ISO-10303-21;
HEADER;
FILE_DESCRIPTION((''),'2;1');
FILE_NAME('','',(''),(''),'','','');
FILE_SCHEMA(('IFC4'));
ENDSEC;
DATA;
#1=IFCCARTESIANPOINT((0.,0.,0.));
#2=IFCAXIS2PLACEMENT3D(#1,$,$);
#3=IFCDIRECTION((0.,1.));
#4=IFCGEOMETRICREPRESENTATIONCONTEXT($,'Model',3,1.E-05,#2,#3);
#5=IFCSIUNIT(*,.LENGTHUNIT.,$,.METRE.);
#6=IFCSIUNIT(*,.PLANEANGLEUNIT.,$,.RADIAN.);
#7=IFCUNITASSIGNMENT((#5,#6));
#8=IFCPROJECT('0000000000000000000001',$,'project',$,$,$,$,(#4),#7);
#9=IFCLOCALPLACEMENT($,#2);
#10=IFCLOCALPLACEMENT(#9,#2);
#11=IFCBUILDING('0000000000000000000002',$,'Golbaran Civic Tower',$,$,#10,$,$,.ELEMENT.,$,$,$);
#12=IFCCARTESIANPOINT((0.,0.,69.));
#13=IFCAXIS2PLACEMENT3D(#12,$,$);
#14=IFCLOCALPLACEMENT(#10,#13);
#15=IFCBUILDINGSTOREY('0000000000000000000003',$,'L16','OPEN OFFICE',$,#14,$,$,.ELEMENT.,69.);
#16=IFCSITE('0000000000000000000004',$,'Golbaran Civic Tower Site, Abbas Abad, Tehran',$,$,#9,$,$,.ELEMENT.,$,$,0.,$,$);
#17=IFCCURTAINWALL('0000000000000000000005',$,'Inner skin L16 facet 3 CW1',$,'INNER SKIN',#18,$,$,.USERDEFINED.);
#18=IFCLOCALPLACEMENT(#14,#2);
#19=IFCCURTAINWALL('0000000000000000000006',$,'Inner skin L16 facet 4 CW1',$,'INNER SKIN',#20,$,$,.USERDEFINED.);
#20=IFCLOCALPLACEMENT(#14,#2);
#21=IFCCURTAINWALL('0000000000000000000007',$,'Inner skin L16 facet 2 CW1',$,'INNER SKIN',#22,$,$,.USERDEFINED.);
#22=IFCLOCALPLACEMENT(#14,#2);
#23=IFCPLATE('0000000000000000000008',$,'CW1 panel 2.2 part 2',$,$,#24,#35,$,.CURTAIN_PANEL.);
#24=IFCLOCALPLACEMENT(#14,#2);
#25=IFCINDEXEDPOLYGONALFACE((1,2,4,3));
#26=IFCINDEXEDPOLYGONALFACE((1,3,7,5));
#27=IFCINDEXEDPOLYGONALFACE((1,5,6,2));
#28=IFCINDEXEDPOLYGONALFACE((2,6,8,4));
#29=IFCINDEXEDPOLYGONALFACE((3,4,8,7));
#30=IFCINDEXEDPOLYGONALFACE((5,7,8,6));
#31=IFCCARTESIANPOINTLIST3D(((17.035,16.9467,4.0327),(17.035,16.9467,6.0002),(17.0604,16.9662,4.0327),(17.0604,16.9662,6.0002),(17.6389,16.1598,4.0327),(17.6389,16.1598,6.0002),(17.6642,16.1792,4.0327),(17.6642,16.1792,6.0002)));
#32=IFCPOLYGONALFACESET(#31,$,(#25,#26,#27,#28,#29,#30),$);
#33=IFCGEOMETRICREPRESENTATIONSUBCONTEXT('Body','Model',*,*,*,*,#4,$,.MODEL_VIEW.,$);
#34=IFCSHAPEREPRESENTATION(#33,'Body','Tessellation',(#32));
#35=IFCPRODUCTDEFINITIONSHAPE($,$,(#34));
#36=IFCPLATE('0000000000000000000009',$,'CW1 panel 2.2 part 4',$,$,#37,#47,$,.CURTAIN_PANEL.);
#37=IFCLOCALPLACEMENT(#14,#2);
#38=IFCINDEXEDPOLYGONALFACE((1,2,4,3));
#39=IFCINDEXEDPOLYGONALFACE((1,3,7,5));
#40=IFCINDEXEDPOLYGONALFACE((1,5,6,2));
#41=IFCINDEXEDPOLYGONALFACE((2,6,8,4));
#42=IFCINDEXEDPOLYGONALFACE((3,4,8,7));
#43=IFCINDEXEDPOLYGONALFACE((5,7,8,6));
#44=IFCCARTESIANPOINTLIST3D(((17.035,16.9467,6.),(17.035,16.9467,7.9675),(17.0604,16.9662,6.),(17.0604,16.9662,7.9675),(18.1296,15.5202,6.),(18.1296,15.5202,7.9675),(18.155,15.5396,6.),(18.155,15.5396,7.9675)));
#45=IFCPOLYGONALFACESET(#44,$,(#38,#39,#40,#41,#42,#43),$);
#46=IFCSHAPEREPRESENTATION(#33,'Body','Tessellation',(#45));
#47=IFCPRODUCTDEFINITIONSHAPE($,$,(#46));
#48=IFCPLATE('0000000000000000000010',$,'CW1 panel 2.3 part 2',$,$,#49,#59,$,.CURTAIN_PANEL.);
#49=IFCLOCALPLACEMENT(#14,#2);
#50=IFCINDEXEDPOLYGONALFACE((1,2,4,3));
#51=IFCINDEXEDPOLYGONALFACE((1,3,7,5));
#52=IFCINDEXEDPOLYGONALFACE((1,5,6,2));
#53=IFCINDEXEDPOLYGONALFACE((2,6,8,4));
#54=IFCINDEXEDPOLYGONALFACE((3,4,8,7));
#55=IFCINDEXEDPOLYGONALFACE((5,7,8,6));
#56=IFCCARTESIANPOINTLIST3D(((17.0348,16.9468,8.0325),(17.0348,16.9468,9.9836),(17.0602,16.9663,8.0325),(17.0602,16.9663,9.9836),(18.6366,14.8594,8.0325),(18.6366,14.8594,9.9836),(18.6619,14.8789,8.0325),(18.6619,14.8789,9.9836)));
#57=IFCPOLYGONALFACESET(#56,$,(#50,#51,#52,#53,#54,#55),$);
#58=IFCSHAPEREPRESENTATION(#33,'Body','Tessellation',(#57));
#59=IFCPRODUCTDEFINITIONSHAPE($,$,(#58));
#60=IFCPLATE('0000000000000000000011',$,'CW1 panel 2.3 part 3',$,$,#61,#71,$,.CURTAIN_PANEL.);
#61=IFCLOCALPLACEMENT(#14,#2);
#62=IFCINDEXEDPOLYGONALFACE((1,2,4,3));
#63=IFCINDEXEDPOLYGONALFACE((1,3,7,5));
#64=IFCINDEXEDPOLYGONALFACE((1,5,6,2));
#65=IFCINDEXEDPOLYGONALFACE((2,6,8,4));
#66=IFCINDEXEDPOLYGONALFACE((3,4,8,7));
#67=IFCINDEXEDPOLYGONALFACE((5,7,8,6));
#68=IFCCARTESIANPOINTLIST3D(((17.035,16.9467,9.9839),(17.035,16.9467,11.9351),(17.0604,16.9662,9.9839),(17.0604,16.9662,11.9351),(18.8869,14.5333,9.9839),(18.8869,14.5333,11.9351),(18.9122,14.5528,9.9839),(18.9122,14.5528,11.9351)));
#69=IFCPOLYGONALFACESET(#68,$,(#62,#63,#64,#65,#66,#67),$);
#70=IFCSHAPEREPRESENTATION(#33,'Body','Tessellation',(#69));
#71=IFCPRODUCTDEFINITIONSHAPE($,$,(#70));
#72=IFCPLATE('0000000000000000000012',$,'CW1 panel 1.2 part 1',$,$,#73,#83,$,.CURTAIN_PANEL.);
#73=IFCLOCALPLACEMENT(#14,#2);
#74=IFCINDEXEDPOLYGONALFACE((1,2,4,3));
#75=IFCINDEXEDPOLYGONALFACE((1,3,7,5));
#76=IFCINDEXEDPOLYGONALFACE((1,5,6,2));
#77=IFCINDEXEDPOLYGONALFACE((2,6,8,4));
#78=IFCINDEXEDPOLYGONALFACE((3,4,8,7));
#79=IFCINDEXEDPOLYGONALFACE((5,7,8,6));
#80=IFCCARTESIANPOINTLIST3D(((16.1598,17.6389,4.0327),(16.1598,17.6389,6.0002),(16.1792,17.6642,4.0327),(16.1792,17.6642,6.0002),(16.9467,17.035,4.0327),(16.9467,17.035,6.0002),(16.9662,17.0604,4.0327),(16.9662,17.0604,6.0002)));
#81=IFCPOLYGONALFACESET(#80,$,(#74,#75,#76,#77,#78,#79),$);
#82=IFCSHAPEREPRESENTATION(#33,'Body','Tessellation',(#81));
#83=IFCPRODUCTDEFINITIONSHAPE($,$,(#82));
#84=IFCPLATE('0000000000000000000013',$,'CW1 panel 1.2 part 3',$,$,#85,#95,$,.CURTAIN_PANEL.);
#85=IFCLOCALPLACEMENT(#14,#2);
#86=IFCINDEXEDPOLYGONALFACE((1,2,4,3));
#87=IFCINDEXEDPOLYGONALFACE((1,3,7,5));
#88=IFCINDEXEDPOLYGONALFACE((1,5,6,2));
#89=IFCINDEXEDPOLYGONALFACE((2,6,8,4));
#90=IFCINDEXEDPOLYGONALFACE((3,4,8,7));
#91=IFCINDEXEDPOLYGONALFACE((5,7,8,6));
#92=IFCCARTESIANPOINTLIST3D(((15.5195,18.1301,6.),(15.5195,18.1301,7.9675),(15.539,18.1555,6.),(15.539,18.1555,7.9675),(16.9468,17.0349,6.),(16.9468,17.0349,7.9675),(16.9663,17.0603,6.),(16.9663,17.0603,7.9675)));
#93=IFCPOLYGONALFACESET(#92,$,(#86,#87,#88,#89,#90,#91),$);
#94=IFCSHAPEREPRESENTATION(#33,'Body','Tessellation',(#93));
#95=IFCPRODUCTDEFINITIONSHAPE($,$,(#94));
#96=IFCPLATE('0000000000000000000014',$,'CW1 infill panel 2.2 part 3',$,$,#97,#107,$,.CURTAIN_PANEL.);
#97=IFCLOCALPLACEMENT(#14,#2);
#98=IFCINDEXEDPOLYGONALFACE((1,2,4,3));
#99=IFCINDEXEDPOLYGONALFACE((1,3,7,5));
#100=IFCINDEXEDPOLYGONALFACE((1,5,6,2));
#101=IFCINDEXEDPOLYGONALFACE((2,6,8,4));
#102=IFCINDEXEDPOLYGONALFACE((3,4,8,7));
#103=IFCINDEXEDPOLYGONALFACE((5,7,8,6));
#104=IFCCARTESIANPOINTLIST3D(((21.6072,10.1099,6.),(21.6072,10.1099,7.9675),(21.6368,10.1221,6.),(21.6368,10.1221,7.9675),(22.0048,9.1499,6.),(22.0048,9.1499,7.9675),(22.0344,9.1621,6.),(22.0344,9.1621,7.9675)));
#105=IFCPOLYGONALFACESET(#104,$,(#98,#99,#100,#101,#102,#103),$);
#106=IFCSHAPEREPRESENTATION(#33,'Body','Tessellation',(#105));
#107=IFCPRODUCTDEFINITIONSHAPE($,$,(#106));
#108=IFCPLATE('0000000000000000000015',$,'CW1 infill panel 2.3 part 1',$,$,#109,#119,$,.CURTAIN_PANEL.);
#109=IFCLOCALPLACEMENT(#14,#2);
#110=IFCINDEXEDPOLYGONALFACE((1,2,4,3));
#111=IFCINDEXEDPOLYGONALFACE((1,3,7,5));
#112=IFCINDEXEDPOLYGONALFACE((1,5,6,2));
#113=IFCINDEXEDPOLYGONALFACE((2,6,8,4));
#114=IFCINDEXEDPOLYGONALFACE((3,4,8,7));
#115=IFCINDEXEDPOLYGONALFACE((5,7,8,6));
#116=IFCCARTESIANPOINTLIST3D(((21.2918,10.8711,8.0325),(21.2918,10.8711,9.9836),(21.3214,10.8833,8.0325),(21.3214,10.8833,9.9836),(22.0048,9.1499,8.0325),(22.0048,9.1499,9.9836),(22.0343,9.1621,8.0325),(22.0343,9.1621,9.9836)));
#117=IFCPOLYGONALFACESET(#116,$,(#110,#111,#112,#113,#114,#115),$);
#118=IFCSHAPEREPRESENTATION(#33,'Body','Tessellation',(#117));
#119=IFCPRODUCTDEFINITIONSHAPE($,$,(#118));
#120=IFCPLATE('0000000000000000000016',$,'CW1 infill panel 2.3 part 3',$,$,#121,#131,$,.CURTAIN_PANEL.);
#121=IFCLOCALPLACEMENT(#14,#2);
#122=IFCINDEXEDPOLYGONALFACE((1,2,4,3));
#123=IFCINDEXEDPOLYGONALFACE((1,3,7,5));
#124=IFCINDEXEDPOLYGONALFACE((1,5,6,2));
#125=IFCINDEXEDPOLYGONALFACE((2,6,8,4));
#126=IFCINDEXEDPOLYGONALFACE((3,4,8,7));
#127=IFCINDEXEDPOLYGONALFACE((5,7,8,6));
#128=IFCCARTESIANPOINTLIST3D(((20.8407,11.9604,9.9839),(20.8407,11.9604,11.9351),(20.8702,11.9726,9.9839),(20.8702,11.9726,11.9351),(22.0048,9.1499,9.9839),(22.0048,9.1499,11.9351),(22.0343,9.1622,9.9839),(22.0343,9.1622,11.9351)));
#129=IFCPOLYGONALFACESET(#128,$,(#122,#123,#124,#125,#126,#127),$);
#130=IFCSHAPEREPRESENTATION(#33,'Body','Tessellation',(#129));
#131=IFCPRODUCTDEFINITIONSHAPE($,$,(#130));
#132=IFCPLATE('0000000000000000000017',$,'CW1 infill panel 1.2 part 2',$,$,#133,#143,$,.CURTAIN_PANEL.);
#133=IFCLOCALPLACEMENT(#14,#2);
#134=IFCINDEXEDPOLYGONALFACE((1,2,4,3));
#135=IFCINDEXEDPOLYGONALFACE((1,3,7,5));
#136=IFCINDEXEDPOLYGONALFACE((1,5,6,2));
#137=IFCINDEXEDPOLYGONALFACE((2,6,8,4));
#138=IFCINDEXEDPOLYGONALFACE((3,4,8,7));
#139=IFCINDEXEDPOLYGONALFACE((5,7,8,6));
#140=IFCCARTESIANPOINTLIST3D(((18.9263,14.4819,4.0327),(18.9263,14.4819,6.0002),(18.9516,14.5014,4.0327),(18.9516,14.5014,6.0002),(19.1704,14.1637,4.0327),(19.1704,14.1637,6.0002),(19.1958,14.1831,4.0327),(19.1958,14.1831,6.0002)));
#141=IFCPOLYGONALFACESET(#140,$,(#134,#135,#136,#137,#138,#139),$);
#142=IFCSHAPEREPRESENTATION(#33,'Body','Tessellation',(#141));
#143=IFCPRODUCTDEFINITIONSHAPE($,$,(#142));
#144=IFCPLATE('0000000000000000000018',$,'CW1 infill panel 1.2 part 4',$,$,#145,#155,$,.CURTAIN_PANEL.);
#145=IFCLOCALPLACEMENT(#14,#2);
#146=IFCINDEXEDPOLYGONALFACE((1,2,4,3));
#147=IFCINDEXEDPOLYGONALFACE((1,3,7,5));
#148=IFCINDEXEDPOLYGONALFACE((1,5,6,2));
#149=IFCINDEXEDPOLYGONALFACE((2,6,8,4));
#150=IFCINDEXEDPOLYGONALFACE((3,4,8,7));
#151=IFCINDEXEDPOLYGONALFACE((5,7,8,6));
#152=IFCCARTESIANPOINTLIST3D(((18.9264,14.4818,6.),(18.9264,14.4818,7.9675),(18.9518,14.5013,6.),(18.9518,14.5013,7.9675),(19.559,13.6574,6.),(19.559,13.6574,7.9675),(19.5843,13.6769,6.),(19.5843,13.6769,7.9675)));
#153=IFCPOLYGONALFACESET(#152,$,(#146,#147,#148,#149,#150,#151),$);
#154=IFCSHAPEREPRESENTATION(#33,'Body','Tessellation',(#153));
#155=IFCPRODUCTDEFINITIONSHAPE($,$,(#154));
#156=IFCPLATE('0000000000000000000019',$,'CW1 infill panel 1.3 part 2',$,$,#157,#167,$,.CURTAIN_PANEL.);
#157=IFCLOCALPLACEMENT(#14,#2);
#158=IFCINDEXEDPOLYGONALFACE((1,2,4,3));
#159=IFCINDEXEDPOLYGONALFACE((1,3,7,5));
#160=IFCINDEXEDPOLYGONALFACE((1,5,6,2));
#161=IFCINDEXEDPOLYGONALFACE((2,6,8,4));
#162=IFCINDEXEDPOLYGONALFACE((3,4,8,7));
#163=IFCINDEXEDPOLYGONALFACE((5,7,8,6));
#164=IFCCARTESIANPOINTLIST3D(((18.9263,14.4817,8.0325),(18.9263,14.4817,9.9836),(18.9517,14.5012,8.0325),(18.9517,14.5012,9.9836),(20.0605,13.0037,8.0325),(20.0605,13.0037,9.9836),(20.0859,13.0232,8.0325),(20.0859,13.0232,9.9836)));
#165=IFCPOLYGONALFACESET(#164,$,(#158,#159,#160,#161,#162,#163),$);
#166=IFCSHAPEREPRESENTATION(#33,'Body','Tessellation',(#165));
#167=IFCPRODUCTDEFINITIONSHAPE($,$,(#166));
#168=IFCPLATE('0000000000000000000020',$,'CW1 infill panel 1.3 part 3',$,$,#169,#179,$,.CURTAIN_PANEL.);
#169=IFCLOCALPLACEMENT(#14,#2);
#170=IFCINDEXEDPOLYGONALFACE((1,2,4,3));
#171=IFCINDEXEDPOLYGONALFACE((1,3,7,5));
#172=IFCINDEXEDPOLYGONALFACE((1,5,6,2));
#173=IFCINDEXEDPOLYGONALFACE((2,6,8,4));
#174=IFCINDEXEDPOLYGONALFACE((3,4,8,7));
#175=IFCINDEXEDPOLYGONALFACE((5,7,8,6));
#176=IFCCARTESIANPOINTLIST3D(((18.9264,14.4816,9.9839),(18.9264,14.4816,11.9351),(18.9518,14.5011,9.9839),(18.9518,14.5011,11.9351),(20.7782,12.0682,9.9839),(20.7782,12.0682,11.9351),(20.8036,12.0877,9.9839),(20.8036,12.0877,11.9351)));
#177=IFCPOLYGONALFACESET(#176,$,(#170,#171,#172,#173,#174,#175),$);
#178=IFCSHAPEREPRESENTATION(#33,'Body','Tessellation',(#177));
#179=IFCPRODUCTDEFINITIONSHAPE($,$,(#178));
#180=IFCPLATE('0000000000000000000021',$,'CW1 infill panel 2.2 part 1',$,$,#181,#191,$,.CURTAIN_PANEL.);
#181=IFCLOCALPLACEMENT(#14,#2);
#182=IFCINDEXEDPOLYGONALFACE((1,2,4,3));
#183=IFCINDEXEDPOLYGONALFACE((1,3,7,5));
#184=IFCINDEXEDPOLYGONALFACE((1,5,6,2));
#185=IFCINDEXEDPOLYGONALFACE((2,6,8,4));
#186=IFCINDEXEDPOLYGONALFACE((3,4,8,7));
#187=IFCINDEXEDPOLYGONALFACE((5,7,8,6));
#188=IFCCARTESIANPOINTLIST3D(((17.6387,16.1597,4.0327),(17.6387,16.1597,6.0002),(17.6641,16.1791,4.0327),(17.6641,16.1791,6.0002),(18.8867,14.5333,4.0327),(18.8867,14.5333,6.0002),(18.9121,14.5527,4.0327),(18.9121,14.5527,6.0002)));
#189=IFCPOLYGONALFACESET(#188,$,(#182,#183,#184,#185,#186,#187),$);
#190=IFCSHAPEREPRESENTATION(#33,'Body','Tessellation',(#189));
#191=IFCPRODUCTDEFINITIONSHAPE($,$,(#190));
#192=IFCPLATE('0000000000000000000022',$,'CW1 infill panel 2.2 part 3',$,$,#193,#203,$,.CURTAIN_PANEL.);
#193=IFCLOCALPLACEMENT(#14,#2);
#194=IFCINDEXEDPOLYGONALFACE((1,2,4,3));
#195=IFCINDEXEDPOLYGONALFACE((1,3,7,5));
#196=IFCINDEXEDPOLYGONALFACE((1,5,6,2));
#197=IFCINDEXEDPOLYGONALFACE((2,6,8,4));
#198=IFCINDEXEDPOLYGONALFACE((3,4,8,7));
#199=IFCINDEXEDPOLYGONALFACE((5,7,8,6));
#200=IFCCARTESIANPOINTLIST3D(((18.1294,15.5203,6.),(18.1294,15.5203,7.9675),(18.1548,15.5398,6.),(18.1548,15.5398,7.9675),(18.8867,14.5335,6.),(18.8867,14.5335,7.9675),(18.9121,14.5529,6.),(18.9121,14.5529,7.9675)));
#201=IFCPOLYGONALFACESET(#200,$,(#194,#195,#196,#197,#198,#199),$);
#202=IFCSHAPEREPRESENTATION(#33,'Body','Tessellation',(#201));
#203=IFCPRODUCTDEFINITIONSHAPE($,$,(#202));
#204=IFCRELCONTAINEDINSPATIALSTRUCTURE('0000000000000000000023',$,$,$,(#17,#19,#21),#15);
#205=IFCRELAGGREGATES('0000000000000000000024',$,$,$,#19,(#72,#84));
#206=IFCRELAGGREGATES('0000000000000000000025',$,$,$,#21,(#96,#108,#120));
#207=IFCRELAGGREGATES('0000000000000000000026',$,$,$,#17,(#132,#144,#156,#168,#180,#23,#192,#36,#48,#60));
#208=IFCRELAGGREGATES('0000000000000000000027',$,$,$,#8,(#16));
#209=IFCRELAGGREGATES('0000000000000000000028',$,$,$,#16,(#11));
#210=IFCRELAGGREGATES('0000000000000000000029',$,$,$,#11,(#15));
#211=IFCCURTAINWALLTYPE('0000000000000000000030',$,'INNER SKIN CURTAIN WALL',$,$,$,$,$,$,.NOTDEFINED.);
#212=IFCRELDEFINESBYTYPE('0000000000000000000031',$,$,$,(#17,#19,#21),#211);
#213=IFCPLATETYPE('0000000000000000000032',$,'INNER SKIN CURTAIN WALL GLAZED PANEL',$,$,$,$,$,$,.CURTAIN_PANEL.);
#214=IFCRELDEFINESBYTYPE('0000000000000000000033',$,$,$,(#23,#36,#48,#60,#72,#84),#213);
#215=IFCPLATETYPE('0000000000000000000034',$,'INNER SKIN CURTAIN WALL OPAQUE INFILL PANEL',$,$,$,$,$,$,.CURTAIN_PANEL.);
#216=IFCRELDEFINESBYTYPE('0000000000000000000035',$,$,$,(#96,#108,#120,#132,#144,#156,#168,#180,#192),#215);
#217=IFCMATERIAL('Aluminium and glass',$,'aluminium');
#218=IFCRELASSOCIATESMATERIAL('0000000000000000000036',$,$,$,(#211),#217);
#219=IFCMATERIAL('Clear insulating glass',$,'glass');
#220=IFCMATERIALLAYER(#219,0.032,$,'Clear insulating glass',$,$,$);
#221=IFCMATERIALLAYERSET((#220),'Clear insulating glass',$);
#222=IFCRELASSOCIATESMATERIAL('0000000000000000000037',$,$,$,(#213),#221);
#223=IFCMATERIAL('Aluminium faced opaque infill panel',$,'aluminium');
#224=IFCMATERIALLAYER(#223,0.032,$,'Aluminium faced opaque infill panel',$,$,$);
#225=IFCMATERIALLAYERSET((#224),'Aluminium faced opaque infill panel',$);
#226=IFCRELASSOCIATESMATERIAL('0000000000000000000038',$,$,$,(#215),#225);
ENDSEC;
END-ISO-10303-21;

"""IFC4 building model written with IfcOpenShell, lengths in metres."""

from ifc_helpers import new_model, si_unit, direction, frame, origin, origin_2d, place, context, subcontext, project, spatial, rectangle, extrude, material, layer, layer_set, type_object, element, aggregate, save


model = new_model("IFC4")

# Units and contexts
model_context = context("Model", 3, precision=1e-05, world=origin(), true_north=direction((0.0, 1.0)))
body_context = subcontext(model_context, "Body", "Model", "MODEL_VIEW")
ifc_project = project(units=[si_unit("LENGTHUNIT", "METRE"), si_unit("PLANEANGLEUNIT", "RADIAN")], contexts=[model_context])

# Site, building, storey
site_placement = place(None, origin())
site = spatial("IfcSite", under=ifc_project, at=site_placement, Name="Golbaran Civic Tower Site, Abbas Abad, Tehran", CompositionType="ELEMENT", RefElevation=0.0)
building_placement = place(site_placement, origin())
building = spatial("IfcBuilding", under=site, at=building_placement, Name="Golbaran Civic Tower", CompositionType="ELEMENT")
storey_placement = place(building_placement, frame((0.0, 0.0, 69.0)))
storey = spatial("IfcBuildingStorey", under=building, at=storey_placement, Name="L16", Description="OPEN OFFICE", CompositionType="ELEMENT", Elevation=69.0)

# Curtain walls
ifc_material_1 = material(Name="Aluminium and glass", Category="aluminium")
curtain_wall_type_1 = type_object("IfcCurtainWallType", Name="INNER SKIN CURTAIN WALL", PredefinedType="NOTDEFINED", material=ifc_material_1)
curtain_wall_1_placement = place(storey_placement, origin())
curtain_wall_1 = element("IfcCurtainWall", 1, at=curtain_wall_1_placement, inside=storey, type_object=curtain_wall_type_1, Name="Inner skin L16 facet 3 CW1", ObjectType="INNER SKIN", PredefinedType="USERDEFINED")
curtain_wall_2_placement = place(storey_placement, origin())
curtain_wall_2 = element("IfcCurtainWall", 2, at=curtain_wall_2_placement, inside=storey, type_object=curtain_wall_type_1, Name="Inner skin L16 facet 4 CW1", ObjectType="INNER SKIN", PredefinedType="USERDEFINED")

# Curtain wall
curtain_wall_3_placement = place(storey_placement, origin())
curtain_wall_3 = element("IfcCurtainWall", 3, at=curtain_wall_3_placement, inside=storey, type_object=curtain_wall_type_1, Name="Inner skin L16 facet 2 CW1", ObjectType="INNER SKIN", PredefinedType="USERDEFINED")
ifc_material_2 = material(Name="Clear insulating glass", Category="glass")
ifc_layer_1 = layer(ifc_material_2, 0.032, Name="Clear insulating glass")
ifc_layer_set_1 = layer_set([ifc_layer_1], Name="Clear insulating glass")
plate_type_1 = type_object("IfcPlateType", Name="INNER SKIN CURTAIN WALL GLAZED PANEL", PredefinedType="CURTAIN_PANEL", material=ifc_layer_set_1)

# Plates
plate_1_placement = place(storey_placement, frame((17.3496, 16.563, 4.0327), z_axis=(0.0, 0.0, 1.0), x_axis=(-0.608761, 0.793353, 0.0)))
plate_1 = element("IfcPlate", 4, at=plate_1_placement, type_object=plate_type_1, Name="CW1 panel 2.2 part 2", PredefinedType="CURTAIN_PANEL", context=body_context, shape_type="SweptSolid", body=[
    extrude(rectangle(XDim=0.9919, YDim=0.032, at=origin_2d()), origin(), (0.0, 0.0, 1.0), 1.9675),
])
plate_2_placement = place(storey_placement, frame((17.595, 16.2432, 6.0), z_axis=(0.0, 0.0, 1.0), x_axis=(-0.608761, 0.793353, 0.0)))
plate_2 = element("IfcPlate", 5, at=plate_2_placement, type_object=plate_type_1, Name="CW1 panel 2.2 part 4", PredefinedType="CURTAIN_PANEL", context=body_context, shape_type="SweptSolid", body=[
    extrude(rectangle(XDim=1.7981, YDim=0.032, at=origin_2d()), origin(), (0.0, 0.0, 1.0), 1.9675),
])
plate_3_placement = place(storey_placement, frame((17.8484, 15.9128, 8.0325), z_axis=(0.0, 0.0, 1.0), x_axis=(-0.608761, 0.793353, 0.0)))
plate_3 = element("IfcPlate", 6, at=plate_3_placement, type_object=plate_type_1, Name="CW1 panel 2.3 part 2", PredefinedType="CURTAIN_PANEL", context=body_context, shape_type="SweptSolid", body=[
    extrude(rectangle(XDim=2.6311, YDim=0.032, at=origin_2d()), origin(), (0.0, 0.0, 1.0), 1.9512),
])
plate_4_placement = place(storey_placement, frame((17.9736, 15.7498, 9.9839), z_axis=(0.0, 0.0, 1.0), x_axis=(-0.608761, 0.793353, 0.0)))
plate_4 = element("IfcPlate", 7, at=plate_4_placement, type_object=plate_type_1, Name="CW1 panel 2.3 part 3", PredefinedType="CURTAIN_PANEL", context=body_context, shape_type="SweptSolid", body=[
    extrude(rectangle(XDim=3.042, YDim=0.032, at=origin_2d()), origin(), (0.0, 0.0, 1.0), 1.9512),
])
plate_5_placement = place(storey_placement, frame((16.563, 17.3496, 4.0327), z_axis=(0.0, 0.0, 1.0), x_axis=(-0.793353, 0.608761, 0.0)))
plate_5 = element("IfcPlate", 8, at=plate_5_placement, type_object=plate_type_1, Name="CW1 panel 1.2 part 1", PredefinedType="CURTAIN_PANEL", context=body_context, shape_type="SweptSolid", body=[
    extrude(rectangle(XDim=0.9919, YDim=0.032, at=origin_2d()), origin(), (0.0, 0.0, 1.0), 1.9675),
])
plate_6_placement = place(storey_placement, frame((16.2429, 17.5952, 6.0), z_axis=(0.0, 0.0, 1.0), x_axis=(-0.793353, 0.608761, 0.0)))
plate_6 = element("IfcPlate", 9, at=plate_6_placement, type_object=plate_type_1, Name="CW1 panel 1.2 part 3", PredefinedType="CURTAIN_PANEL", context=body_context, shape_type="SweptSolid", body=[
    extrude(rectangle(XDim=1.7991, YDim=0.032, at=origin_2d()), origin(), (0.0, 0.0, 1.0), 1.9675),
])
aggregate(curtain_wall_2, [plate_5, plate_6])
ifc_material_3 = material(Name="Aluminium faced opaque infill panel", Category="aluminium")
ifc_layer_2 = layer(ifc_material_3, 0.032, Name="Aluminium faced opaque infill panel")
ifc_layer_set_2 = layer_set([ifc_layer_2], Name="Aluminium faced opaque infill panel")
plate_type_2 = type_object("IfcPlateType", Name="INNER SKIN CURTAIN WALL OPAQUE INFILL PANEL", PredefinedType="CURTAIN_PANEL", material=ifc_layer_set_2)
plate_7_placement = place(storey_placement, frame((21.8208, 9.636, 6.0), z_axis=(0.0, 0.0, 1.0), x_axis=(-0.382683, 0.92388, 0.0)))
plate_7 = element("IfcPlate", 10, at=plate_7_placement, type_object=plate_type_2, Name="CW1 infill panel 2.2 part 3", PredefinedType="CURTAIN_PANEL", context=body_context, shape_type="SweptSolid", body=[
    extrude(rectangle(XDim=1.0391, YDim=0.032, at=origin_2d()), origin(), (0.0, 0.0, 1.0), 1.9675),
])
plate_8_placement = place(storey_placement, frame((21.6631, 10.0166, 8.0325), z_axis=(0.0, 0.0, 1.0), x_axis=(-0.382683, 0.92388, 0.0)))
plate_8 = element("IfcPlate", 11, at=plate_8_placement, type_object=plate_type_2, Name="CW1 infill panel 2.3 part 1", PredefinedType="CURTAIN_PANEL", context=body_context, shape_type="SweptSolid", body=[
    extrude(rectangle(XDim=1.863, YDim=0.032, at=origin_2d()), origin(), (0.0, 0.0, 1.0), 1.9512),
])
plate_9_placement = place(storey_placement, frame((21.4375, 10.5613, 9.9839), z_axis=(0.0, 0.0, 1.0), x_axis=(-0.382683, 0.92388, 0.0)))
plate_9 = element("IfcPlate", 12, at=plate_9_placement, type_object=plate_type_2, Name="CW1 infill panel 2.3 part 3", PredefinedType="CURTAIN_PANEL", context=body_context, shape_type="SweptSolid", body=[
    extrude(rectangle(XDim=3.042, YDim=0.032, at=origin_2d()), origin(), (0.0, 0.0, 1.0), 1.9512),
])
aggregate(curtain_wall_3, [plate_7, plate_8, plate_9])
plate_10_placement = place(storey_placement, frame((19.061, 14.3325, 4.0327), z_axis=(0.0, 0.0, 1.0), x_axis=(-0.608761, 0.793353, 0.0)))
plate_10 = element("IfcPlate", 13, at=plate_10_placement, type_object=plate_type_2, Name="CW1 infill panel 1.2 part 2", PredefinedType="CURTAIN_PANEL", context=body_context, shape_type="SweptSolid", body=[
    extrude(rectangle(XDim=0.4011, YDim=0.032, at=origin_2d()), origin(), (0.0, 0.0, 1.0), 1.9675),
])
plate_11_placement = place(storey_placement, frame((19.2554, 14.0793, 6.0), z_axis=(0.0, 0.0, 1.0), x_axis=(-0.608761, 0.793353, 0.0)))
plate_11 = element("IfcPlate", 14, at=plate_11_placement, type_object=plate_type_2, Name="CW1 infill panel 1.2 part 4", PredefinedType="CURTAIN_PANEL", context=body_context, shape_type="SweptSolid", body=[
    extrude(rectangle(XDim=1.0391, YDim=0.032, at=origin_2d()), origin(), (0.0, 0.0, 1.0), 1.9675),
])
plate_12_placement = place(storey_placement, frame((19.5061, 13.7524, 8.0325), z_axis=(0.0, 0.0, 1.0), x_axis=(-0.608761, 0.793353, 0.0)))
plate_12 = element("IfcPlate", 15, at=plate_12_placement, type_object=plate_type_2, Name="CW1 infill panel 1.3 part 2", PredefinedType="CURTAIN_PANEL", context=body_context, shape_type="SweptSolid", body=[
    extrude(rectangle(XDim=1.863, YDim=0.032, at=origin_2d()), origin(), (0.0, 0.0, 1.0), 1.9512),
])
plate_13_placement = place(storey_placement, frame((19.865, 13.2847, 9.9839), z_axis=(0.0, 0.0, 1.0), x_axis=(-0.608761, 0.793353, 0.0)))
plate_13 = element("IfcPlate", 16, at=plate_13_placement, type_object=plate_type_2, Name="CW1 infill panel 1.3 part 3", PredefinedType="CURTAIN_PANEL", context=body_context, shape_type="SweptSolid", body=[
    extrude(rectangle(XDim=3.042, YDim=0.032, at=origin_2d()), origin(), (0.0, 0.0, 1.0), 1.9512),
])
plate_14_placement = place(storey_placement, frame((18.2754, 15.3562, 4.0327), z_axis=(0.0, 0.0, 1.0), x_axis=(-0.608761, 0.793353, 0.0)))
plate_14 = element("IfcPlate", 17, at=plate_14_placement, type_object=plate_type_2, Name="CW1 infill panel 2.2 part 1", PredefinedType="CURTAIN_PANEL", context=body_context, shape_type="SweptSolid", body=[
    extrude(rectangle(XDim=2.05, YDim=0.032, at=origin_2d()), origin(), (0.0, 0.0, 1.0), 1.9675),
])
plate_15_placement = place(storey_placement, frame((18.5208, 15.0366, 6.0), z_axis=(0.0, 0.0, 1.0), x_axis=(-0.608761, 0.793353, 0.0)))
plate_15 = element("IfcPlate", 18, at=plate_15_placement, type_object=plate_type_2, Name="CW1 infill panel 2.2 part 3", PredefinedType="CURTAIN_PANEL", context=body_context, shape_type="SweptSolid", body=[
    extrude(rectangle(XDim=1.2439, YDim=0.032, at=origin_2d()), origin(), (0.0, 0.0, 1.0), 1.9675),
])
aggregate(curtain_wall_1, [plate_10, plate_11, plate_12, plate_13, plate_14, plate_1, plate_15, plate_2, plate_3, plate_4])

save(model, "model.ifc")
